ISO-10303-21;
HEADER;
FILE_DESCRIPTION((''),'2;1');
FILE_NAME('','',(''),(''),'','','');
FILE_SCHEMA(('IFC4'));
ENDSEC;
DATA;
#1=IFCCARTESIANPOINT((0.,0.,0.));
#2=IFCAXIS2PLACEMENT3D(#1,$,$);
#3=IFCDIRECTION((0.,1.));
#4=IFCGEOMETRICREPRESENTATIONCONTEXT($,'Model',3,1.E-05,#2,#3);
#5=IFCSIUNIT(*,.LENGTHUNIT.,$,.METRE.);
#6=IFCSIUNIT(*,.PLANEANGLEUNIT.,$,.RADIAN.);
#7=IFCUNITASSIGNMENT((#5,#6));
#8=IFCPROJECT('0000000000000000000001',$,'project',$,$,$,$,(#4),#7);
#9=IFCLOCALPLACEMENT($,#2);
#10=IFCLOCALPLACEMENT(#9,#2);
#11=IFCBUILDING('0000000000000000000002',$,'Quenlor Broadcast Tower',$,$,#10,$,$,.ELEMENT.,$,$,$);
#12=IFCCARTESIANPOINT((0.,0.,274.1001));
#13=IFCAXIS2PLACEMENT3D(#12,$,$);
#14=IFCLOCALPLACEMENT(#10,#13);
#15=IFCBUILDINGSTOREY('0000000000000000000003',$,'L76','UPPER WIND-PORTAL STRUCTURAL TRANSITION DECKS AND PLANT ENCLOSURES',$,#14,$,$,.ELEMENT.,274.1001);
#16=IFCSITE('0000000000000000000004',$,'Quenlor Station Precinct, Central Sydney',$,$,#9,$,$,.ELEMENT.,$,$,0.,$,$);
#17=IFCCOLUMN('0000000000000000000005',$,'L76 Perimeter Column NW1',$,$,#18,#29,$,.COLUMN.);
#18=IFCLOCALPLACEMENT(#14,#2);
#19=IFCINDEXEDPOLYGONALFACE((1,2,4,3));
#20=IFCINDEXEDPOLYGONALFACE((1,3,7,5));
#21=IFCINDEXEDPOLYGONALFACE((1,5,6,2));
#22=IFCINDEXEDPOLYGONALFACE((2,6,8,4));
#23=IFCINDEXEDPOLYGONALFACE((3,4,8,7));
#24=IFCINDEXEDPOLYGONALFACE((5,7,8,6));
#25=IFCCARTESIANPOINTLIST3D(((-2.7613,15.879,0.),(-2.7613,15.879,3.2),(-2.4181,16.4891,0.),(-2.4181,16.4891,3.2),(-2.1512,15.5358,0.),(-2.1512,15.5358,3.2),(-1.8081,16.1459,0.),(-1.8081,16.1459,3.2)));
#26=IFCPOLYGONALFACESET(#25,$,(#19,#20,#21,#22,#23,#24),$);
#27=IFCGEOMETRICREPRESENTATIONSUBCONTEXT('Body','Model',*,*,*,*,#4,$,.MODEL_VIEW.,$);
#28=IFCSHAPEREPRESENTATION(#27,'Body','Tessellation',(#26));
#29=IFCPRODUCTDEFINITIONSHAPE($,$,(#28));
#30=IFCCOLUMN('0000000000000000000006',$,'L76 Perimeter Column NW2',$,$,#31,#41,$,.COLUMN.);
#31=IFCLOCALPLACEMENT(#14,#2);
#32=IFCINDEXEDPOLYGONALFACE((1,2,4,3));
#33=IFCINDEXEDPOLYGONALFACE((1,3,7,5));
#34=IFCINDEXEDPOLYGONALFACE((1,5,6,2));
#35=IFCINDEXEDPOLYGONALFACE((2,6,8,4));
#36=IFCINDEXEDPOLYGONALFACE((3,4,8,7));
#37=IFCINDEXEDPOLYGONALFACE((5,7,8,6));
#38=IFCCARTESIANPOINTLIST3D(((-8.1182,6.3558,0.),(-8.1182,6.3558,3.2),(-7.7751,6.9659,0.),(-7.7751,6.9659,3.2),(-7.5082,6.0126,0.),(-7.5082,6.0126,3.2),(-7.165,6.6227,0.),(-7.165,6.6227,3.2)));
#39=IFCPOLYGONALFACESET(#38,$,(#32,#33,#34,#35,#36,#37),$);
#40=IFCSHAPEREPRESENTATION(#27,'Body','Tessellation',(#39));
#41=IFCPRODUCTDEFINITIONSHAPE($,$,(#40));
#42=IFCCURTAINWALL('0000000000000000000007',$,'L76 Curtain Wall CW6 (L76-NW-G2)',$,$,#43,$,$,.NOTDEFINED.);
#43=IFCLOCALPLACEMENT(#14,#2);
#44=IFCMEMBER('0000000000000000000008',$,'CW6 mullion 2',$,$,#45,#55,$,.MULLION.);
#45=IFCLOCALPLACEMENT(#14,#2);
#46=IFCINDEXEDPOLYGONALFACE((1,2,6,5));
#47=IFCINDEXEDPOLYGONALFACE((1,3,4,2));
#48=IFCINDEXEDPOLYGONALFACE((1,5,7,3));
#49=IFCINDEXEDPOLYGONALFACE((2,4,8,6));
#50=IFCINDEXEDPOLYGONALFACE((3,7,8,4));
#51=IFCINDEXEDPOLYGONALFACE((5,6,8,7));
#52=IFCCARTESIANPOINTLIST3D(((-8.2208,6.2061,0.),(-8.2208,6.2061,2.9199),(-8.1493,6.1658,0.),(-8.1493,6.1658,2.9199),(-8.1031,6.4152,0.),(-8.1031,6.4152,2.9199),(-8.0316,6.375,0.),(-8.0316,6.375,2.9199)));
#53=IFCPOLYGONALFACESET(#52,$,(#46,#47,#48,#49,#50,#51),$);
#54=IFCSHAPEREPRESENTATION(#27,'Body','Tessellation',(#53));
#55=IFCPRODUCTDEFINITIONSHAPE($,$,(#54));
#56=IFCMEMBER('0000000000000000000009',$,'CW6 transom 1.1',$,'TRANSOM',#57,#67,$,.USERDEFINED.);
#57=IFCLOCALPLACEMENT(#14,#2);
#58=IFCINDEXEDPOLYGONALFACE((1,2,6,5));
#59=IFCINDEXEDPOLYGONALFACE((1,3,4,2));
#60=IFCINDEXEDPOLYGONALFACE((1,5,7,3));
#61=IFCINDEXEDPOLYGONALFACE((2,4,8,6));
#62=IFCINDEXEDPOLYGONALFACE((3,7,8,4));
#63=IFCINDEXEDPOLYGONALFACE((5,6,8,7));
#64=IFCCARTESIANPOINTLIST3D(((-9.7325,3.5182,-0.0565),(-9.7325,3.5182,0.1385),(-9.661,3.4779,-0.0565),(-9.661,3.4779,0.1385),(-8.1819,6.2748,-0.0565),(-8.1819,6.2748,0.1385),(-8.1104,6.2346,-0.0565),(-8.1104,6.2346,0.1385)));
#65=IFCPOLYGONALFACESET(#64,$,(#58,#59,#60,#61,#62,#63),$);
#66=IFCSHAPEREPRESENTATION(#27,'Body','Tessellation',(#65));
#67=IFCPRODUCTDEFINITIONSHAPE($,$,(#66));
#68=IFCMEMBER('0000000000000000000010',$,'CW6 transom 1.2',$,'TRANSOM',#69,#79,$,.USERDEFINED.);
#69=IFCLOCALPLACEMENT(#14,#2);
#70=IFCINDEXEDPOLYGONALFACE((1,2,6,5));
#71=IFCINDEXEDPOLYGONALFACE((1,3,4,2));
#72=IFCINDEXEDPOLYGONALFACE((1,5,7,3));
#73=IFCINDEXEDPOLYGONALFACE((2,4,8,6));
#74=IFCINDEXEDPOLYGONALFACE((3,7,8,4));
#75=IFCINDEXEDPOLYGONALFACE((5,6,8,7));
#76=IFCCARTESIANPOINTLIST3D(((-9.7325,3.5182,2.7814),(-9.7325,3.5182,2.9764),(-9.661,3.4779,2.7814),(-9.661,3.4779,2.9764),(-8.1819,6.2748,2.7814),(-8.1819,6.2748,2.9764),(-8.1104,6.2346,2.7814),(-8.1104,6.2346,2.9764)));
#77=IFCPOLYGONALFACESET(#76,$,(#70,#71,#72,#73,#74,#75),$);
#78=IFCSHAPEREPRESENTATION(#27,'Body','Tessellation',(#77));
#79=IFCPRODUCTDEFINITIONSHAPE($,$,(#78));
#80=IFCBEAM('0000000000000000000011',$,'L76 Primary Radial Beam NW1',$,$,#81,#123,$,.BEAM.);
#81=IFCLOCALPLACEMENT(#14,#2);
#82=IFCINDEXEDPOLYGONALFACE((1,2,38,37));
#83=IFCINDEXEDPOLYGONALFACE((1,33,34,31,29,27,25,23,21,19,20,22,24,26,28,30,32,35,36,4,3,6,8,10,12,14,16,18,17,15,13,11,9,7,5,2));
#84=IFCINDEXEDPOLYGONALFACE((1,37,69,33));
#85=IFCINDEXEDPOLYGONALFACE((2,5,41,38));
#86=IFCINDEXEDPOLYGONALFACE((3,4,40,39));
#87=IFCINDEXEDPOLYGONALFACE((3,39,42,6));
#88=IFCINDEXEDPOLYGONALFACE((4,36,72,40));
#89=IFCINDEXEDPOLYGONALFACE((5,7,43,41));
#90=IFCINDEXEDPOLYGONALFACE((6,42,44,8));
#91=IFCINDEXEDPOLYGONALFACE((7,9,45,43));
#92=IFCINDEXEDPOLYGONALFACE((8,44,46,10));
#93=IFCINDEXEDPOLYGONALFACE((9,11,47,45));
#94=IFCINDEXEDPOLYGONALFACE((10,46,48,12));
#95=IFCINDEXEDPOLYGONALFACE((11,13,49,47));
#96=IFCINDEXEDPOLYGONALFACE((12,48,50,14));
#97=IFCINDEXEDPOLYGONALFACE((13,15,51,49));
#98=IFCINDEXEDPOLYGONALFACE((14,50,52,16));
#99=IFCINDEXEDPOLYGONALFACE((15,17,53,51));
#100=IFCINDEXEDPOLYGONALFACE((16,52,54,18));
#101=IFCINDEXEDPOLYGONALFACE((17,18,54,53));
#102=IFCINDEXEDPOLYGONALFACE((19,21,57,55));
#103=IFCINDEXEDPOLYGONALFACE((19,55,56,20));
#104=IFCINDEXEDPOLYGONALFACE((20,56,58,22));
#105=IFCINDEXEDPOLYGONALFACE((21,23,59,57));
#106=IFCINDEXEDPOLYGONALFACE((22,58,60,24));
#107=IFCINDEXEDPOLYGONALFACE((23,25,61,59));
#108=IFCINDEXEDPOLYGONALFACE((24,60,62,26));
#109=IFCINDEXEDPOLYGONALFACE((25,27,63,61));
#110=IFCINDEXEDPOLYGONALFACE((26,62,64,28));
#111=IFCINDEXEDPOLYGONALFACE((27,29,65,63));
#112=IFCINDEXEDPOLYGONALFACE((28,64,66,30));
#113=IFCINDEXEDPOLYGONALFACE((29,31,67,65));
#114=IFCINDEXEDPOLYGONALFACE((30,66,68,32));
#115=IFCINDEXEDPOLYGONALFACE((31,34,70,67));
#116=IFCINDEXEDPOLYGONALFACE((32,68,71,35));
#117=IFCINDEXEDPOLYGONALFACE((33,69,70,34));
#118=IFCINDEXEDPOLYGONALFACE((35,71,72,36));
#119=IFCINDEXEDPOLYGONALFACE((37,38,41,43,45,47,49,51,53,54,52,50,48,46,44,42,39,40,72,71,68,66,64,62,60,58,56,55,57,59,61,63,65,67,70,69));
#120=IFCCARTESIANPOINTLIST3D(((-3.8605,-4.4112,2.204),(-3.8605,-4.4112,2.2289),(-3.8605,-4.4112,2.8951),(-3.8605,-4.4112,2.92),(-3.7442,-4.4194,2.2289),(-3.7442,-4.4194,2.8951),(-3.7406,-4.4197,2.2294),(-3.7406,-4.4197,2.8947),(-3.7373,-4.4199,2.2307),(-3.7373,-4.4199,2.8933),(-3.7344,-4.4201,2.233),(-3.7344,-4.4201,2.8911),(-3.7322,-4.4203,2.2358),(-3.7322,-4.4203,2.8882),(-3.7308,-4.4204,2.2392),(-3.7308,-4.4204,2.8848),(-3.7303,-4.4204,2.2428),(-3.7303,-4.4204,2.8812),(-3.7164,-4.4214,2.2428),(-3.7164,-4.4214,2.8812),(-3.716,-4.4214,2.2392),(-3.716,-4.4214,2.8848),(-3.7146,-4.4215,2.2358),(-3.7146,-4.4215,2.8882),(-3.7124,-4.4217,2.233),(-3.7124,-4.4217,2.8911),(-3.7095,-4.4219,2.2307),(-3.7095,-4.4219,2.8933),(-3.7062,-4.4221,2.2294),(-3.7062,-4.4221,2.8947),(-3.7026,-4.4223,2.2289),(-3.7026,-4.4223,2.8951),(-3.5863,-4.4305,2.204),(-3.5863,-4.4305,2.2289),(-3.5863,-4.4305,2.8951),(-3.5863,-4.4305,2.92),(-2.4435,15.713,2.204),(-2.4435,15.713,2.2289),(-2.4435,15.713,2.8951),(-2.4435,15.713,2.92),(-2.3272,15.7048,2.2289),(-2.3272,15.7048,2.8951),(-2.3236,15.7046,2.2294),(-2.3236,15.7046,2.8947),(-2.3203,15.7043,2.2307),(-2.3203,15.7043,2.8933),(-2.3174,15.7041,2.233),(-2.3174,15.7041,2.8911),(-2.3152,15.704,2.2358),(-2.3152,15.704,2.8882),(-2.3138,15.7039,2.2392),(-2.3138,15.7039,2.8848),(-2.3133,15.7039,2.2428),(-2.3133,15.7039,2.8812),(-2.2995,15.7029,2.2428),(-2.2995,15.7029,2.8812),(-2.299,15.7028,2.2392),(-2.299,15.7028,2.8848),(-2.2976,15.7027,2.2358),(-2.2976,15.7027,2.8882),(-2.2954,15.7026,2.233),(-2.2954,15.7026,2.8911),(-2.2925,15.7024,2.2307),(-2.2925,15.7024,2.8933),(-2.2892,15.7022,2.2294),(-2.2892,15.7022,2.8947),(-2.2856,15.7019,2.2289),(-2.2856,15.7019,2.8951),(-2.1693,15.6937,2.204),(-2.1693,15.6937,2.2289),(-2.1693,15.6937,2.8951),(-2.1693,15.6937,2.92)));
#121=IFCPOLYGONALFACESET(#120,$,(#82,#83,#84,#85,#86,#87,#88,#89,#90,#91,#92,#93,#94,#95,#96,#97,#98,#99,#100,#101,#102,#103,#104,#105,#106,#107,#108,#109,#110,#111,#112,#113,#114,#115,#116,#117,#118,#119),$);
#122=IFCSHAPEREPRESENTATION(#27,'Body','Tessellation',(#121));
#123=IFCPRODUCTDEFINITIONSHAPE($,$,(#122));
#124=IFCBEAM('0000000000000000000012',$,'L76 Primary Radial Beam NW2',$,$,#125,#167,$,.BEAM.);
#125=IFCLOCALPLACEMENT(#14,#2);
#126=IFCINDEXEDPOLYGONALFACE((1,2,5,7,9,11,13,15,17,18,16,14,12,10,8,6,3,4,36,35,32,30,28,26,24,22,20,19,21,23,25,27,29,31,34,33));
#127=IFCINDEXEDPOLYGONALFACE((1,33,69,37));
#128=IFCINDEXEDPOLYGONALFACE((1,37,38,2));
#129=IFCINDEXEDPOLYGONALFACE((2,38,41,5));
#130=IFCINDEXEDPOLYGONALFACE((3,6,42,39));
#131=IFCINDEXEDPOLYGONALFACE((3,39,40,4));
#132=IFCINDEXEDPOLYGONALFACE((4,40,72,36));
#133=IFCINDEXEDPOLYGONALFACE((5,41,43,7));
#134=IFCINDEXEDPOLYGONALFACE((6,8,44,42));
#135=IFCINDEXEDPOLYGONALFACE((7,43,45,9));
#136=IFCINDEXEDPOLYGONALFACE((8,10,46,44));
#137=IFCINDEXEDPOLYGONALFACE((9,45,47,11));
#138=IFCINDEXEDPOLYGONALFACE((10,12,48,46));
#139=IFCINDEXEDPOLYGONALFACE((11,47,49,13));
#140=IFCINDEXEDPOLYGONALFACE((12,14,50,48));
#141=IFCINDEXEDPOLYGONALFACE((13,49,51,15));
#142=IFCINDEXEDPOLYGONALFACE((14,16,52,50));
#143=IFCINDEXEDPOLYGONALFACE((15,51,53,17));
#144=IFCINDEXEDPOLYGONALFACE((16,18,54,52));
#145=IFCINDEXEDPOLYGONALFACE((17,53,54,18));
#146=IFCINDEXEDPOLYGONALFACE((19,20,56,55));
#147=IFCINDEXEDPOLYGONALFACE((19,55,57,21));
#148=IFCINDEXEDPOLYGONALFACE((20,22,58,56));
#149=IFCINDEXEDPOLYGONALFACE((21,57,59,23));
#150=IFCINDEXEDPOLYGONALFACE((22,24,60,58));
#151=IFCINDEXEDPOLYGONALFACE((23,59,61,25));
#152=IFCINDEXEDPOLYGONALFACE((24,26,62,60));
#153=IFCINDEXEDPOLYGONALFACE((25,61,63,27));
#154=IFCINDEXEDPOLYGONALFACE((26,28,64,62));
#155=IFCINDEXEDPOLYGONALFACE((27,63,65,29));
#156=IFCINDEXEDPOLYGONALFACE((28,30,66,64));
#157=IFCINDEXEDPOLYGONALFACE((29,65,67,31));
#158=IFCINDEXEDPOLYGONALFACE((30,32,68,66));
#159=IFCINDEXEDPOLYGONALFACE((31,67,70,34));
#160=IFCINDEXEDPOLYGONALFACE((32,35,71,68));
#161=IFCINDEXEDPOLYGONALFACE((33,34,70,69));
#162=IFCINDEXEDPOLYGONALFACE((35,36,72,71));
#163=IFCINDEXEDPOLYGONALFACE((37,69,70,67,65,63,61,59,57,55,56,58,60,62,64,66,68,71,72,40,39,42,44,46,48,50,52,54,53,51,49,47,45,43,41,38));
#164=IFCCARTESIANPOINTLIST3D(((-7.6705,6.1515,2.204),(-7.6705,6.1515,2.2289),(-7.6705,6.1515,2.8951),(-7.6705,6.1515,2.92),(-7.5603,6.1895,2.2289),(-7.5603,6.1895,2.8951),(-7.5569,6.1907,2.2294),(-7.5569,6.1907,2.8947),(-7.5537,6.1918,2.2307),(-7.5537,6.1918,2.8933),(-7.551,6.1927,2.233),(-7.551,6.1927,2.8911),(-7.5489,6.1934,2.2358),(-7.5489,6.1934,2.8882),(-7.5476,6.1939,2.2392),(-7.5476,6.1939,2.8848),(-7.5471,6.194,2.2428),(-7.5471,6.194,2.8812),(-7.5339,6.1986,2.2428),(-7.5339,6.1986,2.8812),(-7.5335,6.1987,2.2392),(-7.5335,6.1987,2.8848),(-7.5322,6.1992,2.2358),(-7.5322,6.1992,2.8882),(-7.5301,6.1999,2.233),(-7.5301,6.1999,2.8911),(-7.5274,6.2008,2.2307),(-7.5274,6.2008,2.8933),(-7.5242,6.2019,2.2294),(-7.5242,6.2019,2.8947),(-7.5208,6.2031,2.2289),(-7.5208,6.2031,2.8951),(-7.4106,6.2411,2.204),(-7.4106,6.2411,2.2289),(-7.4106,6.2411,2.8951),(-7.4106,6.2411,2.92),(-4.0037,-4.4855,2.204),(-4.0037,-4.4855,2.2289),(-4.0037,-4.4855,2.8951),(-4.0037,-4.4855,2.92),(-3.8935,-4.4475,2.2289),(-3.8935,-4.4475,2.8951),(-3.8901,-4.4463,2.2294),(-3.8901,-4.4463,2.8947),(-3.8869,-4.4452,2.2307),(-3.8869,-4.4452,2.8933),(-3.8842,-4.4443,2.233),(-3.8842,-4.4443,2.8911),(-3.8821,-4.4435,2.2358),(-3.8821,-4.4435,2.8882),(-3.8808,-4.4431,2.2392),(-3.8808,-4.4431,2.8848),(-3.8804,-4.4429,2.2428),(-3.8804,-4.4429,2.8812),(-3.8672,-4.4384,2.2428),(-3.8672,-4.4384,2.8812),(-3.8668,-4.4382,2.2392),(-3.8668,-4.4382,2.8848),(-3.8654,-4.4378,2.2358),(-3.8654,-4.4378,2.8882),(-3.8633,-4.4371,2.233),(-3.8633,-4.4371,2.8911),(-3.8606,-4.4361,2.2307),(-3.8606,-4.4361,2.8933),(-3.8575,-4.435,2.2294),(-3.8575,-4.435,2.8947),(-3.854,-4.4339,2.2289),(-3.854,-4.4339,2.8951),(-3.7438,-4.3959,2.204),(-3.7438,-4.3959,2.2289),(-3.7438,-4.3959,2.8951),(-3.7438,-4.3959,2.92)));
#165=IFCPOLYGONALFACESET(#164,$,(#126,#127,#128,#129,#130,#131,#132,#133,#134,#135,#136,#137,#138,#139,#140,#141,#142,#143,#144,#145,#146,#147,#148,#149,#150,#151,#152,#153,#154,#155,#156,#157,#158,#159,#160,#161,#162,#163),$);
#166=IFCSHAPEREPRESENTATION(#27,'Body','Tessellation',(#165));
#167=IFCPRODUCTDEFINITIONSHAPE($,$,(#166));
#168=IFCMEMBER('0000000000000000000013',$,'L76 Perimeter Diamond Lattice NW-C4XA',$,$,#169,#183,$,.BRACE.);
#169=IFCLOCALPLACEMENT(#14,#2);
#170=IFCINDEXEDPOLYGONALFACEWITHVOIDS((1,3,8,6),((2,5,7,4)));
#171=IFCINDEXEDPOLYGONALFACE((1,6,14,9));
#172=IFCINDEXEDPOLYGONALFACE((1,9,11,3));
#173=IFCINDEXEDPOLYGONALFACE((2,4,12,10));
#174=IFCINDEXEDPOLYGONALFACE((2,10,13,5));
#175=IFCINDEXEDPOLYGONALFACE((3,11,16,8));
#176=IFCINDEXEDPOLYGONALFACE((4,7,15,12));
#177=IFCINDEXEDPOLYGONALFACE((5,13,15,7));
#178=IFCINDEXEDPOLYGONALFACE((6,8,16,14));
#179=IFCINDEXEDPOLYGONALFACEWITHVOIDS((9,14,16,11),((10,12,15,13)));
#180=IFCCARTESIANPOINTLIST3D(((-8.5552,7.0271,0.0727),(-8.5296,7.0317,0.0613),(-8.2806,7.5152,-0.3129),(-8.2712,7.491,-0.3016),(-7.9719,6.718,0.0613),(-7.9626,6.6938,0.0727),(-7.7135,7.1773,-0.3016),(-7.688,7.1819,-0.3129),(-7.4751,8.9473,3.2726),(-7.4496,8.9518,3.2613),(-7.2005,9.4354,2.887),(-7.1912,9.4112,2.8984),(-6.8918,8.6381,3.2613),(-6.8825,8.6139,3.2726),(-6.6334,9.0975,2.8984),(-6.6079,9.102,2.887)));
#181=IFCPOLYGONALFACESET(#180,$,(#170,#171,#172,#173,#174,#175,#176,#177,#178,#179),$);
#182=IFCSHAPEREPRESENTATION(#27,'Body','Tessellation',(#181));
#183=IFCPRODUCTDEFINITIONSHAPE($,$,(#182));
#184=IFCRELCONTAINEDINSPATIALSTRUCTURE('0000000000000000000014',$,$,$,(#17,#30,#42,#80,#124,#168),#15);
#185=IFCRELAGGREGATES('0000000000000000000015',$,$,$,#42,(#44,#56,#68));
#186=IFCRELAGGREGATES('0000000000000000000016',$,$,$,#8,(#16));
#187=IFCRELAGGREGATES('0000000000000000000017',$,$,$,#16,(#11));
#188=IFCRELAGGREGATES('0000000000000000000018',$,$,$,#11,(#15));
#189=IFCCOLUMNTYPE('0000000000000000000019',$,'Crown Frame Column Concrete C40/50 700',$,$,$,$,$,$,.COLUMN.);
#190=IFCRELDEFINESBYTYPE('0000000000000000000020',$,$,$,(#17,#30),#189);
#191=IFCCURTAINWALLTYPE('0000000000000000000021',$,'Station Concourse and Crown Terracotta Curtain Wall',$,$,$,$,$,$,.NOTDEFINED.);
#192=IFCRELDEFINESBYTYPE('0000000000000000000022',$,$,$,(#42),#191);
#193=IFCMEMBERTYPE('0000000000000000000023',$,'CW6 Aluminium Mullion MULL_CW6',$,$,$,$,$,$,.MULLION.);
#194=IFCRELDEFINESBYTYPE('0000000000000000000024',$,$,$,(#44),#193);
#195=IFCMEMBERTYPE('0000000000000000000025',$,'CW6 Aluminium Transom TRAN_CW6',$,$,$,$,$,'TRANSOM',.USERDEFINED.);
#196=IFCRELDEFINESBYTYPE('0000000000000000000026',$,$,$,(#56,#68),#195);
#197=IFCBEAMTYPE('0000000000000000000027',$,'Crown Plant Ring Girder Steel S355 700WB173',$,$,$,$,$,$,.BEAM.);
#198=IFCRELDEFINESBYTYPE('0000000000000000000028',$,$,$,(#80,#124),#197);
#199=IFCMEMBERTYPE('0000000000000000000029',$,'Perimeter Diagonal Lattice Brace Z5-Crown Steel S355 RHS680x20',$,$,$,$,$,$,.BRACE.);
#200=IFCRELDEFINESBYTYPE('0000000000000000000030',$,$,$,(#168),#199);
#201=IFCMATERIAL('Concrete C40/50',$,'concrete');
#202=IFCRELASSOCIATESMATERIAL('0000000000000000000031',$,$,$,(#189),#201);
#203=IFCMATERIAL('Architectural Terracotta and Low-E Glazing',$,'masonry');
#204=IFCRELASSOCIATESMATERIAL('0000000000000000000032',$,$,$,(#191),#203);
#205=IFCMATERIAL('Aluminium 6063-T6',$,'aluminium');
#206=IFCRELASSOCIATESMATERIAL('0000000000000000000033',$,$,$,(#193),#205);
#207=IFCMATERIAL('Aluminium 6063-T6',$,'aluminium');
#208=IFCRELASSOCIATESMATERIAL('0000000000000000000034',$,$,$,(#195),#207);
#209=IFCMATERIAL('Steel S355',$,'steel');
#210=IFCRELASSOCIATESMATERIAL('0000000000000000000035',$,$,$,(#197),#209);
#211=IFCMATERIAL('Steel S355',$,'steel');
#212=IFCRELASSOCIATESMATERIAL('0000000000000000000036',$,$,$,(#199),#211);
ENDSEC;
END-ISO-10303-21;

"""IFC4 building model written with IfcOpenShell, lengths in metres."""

from ifc_helpers import new_model, si_unit, direction, frame, origin, origin_2d, place, context, subcontext, project, spatial, rectangle, hollow_rectangle, i_section, extrude, material, material_profile, profile_set, type_object, element, aggregate, save


model = new_model("IFC4")

# Units and contexts
model_context = context("Model", 3, precision=1e-05, world=origin(), true_north=direction((0.0, 1.0)))
body_context = subcontext(model_context, "Body", "Model", "MODEL_VIEW")
ifc_project = project(units=[si_unit("LENGTHUNIT", "METRE"), si_unit("PLANEANGLEUNIT", "RADIAN")], contexts=[model_context])

# Site, building, storey
site_placement = place(None, origin())
site = spatial("IfcSite", under=ifc_project, at=site_placement, Name="Quenlor Station Precinct, Central Sydney", CompositionType="ELEMENT", RefElevation=0.0)
building_placement = place(site_placement, origin())
building = spatial("IfcBuilding", under=site, at=building_placement, Name="Quenlor Broadcast Tower", CompositionType="ELEMENT")
storey_placement = place(building_placement, frame((0.0, 0.0, 274.1001)))
storey = spatial("IfcBuildingStorey", under=building, at=storey_placement, Name="L76", Description="UPPER WIND-PORTAL STRUCTURAL TRANSITION DECKS AND PLANT ENCLOSURES", CompositionType="ELEMENT", Elevation=274.1001)

# Columns
ifc_material_1 = material(Name="Concrete C40/50", Category="concrete")
ifc_material_profile_1 = material_profile(ifc_material_1, rectangle(XDim=0.7, YDim=0.7, at=origin_2d()))
ifc_profile_set_1 = profile_set([ifc_material_profile_1], Name="Concrete C40/50 RC700x700")
column_type = type_object("IfcColumnType", Name="Crown Frame Column Concrete C40/50 700", PredefinedType="COLUMN", material=ifc_profile_set_1)
for number, where, z_axis, x_axis, name in (
    (1, (-2.2847, 16.0125, 0.0), (0.0, 0.0, 1.0), (-0.871575, 0.490262, 0.0), "L76 Perimeter Column NW1"),
    (2, (-7.6416, 6.4893, 0.0), (0.0, 0.0, 1.0), (-0.871575, 0.490262, 0.0), "L76 Perimeter Column NW2"),
):
    element("IfcColumn", number, at=place(storey_placement, frame(where, z_axis=z_axis, x_axis=x_axis)), inside=storey, type_object=column_type, Name=name, PredefinedType="COLUMN", context=body_context, shape_type="SweptSolid", body=[
        extrude(rectangle(XDim=0.7, YDim=0.7, at=origin_2d()), origin(), (0.0, 0.0, 1.0), 3.2),
    ])

# Curtain wall, members
ifc_material_2 = material(Name="Architectural Terracotta and Low-E Glazing", Category="masonry")
curtain_wall_type = type_object("IfcCurtainWallType", Name="Station Concourse and Crown Terracotta Curtain Wall", PredefinedType="NOTDEFINED", material=ifc_material_2)
curtain_wall_placement = place(storey_placement, origin())
curtain_wall = element("IfcCurtainWall", 3, at=curtain_wall_placement, inside=storey, type_object=curtain_wall_type, Name="L76 Curtain Wall CW6 (L76-NW-G2)", PredefinedType="NOTDEFINED")
ifc_material_3 = material(Name="Aluminium 6063-T6", Category="aluminium")
ifc_material_profile_2 = material_profile(ifc_material_3, rectangle(XDim=0.082, YDim=0.24, at=origin_2d()))
ifc_profile_set_2 = profile_set([ifc_material_profile_2], Name="Aluminium 6063-T6 MULL82x240")
member_type_1 = type_object("IfcMemberType", Name="CW6 Aluminium Mullion MULL_CW6", PredefinedType="MULLION", material=ifc_profile_set_2)
member_1_placement = place(storey_placement, frame((-8.1262, 6.2905, 0.0), z_axis=(0.0, 0.0, 1.0), x_axis=(-0.871572, 0.490268, 0.0)))
member_1 = element("IfcMember", 4, at=member_1_placement, type_object=member_type_1, Name="CW6 mullion 2", PredefinedType="MULLION", context=body_context, shape_type="SweptSolid", body=[
    extrude(rectangle(XDim=0.082, YDim=0.24, at=origin_2d()), origin(), (0.0, 0.0, 1.0), 2.9199),
])
ifc_material_4 = material(Name="Aluminium 6063-T6", Category="aluminium")
ifc_material_profile_3 = material_profile(ifc_material_4, rectangle(XDim=0.082, YDim=0.1951, at=origin_2d()))
ifc_profile_set_3 = profile_set([ifc_material_profile_3], Name="Aluminium 6063-T6 TRAN82x195")
member_type_2 = type_object("IfcMemberType", Name="CW6 Aluminium Transom TRAN_CW6", ElementType="TRANSOM", PredefinedType="USERDEFINED", material=ifc_profile_set_3)
member_2_placement = place(storey_placement, frame((-9.6968, 3.498, 0.041), z_axis=(0.49025, 0.871582, 0.0), x_axis=(-0.871582, 0.49025, 0.0)))
member_2 = element("IfcMember", 5, at=member_2_placement, type_object=member_type_2, Name="CW6 transom 1.1", ObjectType="TRANSOM", PredefinedType="USERDEFINED", context=body_context, shape_type="SweptSolid", body=[
    extrude(rectangle(XDim=0.082, YDim=0.1951, at=origin_2d()), origin(), (0.0, 0.0, 1.0), 3.1628),
])
member_3_placement = place(storey_placement, frame((-9.6968, 3.498, 2.8789), z_axis=(0.49025, 0.871582, 0.0), x_axis=(-0.871582, 0.49025, 0.0)))
member_3 = element("IfcMember", 6, at=member_3_placement, type_object=member_type_2, Name="CW6 transom 1.2", ObjectType="TRANSOM", PredefinedType="USERDEFINED", context=body_context, shape_type="SweptSolid", body=[
    extrude(rectangle(XDim=0.082, YDim=0.1951, at=origin_2d()), origin(), (0.0, 0.0, 1.0), 3.1628),
])

# Beams
ifc_material_5 = material(Name="Steel S355", Category="steel")
ifc_material_profile_4 = material_profile(ifc_material_5, i_section(OverallWidth=0.2749, OverallDepth=0.7161, WebThickness=0.0139, FlangeThickness=0.0249, FilletRadius=0.0139, at=origin_2d()))
ifc_profile_set_4 = profile_set([ifc_material_profile_4], Name="Steel S355 700WB173")
beam_type_1 = type_object("IfcBeamType", Name="Crown Plant Ring Girder Steel S355 700WB173", PredefinedType="BEAM", material=ifc_profile_set_4)
beam_1_placement = place(storey_placement, frame((-2.3064, 15.7034, 2.562), z_axis=(-0.070238, -0.99753, 0.0), x_axis=(0.99753, -0.070238, 0.0)))
element("IfcBeam", 7, at=beam_1_placement, inside=storey, type_object=beam_type_1, Name="L76 Primary Radial Beam NW1", PredefinedType="BEAM", context=body_context, shape_type="SweptSolid", body=[
    extrude(i_section(OverallWidth=0.2749, OverallDepth=0.7161, WebThickness=0.0139, FlangeThickness=0.0249, FilletRadius=0.0139, at=origin_2d()), origin(), (0.0, 0.0, 1.0), 20.1741),
])
beam_2_placement = place(storey_placement, frame((-7.5405, 6.1963, 2.562), z_axis=(0.325898, -0.945405, 0.0), x_axis=(0.945405, 0.325898, 0.0)))
element("IfcBeam", 8, at=beam_2_placement, inside=storey, type_object=beam_type_1, Name="L76 Primary Radial Beam NW2", PredefinedType="BEAM", context=body_context, shape_type="SweptSolid", body=[
    extrude(i_section(OverallWidth=0.2749, OverallDepth=0.7161, WebThickness=0.0139, FlangeThickness=0.0249, FilletRadius=0.0139, at=origin_2d()), origin(), (0.0, 0.0, 1.0), 11.2512),
])

# Member
ifc_material_6 = material(Name="Steel S355", Category="steel")
ifc_material_profile_5 = material_profile(ifc_material_6, hollow_rectangle(XDim=0.6799, YDim=0.6799, WallThickness=0.02, at=origin_2d()))
ifc_profile_set_5 = profile_set([ifc_material_profile_5], Name="Steel S355 RHS680x680x20")
member_type_3 = type_object("IfcMemberType", Name="Perimeter Diagonal Lattice Brace Z5-Crown Steel S355 RHS680x20", PredefinedType="BRACE", material=ifc_profile_set_5)
member_4_placement = place(storey_placement, frame((-8.1216, 7.1045, -0.1201), z_axis=(0.278012, 0.49425, 0.823666), x_axis=(-0.871578, 0.490256, 0.0)))
element("IfcMember", 9, at=member_4_placement, inside=storey, type_object=member_type_3, Name="L76 Perimeter Diamond Lattice NW-C4XA", PredefinedType="BRACE", context=body_context, shape_type="SweptSolid", body=[
    extrude(hollow_rectangle(XDim=0.6799, YDim=0.6799, WallThickness=0.02, at=origin_2d()), origin(), (0.0, 0.0, 1.0), 3.885),
])

aggregate(curtain_wall, [member_1, member_2, member_3])

save(model, "model.ifc")
